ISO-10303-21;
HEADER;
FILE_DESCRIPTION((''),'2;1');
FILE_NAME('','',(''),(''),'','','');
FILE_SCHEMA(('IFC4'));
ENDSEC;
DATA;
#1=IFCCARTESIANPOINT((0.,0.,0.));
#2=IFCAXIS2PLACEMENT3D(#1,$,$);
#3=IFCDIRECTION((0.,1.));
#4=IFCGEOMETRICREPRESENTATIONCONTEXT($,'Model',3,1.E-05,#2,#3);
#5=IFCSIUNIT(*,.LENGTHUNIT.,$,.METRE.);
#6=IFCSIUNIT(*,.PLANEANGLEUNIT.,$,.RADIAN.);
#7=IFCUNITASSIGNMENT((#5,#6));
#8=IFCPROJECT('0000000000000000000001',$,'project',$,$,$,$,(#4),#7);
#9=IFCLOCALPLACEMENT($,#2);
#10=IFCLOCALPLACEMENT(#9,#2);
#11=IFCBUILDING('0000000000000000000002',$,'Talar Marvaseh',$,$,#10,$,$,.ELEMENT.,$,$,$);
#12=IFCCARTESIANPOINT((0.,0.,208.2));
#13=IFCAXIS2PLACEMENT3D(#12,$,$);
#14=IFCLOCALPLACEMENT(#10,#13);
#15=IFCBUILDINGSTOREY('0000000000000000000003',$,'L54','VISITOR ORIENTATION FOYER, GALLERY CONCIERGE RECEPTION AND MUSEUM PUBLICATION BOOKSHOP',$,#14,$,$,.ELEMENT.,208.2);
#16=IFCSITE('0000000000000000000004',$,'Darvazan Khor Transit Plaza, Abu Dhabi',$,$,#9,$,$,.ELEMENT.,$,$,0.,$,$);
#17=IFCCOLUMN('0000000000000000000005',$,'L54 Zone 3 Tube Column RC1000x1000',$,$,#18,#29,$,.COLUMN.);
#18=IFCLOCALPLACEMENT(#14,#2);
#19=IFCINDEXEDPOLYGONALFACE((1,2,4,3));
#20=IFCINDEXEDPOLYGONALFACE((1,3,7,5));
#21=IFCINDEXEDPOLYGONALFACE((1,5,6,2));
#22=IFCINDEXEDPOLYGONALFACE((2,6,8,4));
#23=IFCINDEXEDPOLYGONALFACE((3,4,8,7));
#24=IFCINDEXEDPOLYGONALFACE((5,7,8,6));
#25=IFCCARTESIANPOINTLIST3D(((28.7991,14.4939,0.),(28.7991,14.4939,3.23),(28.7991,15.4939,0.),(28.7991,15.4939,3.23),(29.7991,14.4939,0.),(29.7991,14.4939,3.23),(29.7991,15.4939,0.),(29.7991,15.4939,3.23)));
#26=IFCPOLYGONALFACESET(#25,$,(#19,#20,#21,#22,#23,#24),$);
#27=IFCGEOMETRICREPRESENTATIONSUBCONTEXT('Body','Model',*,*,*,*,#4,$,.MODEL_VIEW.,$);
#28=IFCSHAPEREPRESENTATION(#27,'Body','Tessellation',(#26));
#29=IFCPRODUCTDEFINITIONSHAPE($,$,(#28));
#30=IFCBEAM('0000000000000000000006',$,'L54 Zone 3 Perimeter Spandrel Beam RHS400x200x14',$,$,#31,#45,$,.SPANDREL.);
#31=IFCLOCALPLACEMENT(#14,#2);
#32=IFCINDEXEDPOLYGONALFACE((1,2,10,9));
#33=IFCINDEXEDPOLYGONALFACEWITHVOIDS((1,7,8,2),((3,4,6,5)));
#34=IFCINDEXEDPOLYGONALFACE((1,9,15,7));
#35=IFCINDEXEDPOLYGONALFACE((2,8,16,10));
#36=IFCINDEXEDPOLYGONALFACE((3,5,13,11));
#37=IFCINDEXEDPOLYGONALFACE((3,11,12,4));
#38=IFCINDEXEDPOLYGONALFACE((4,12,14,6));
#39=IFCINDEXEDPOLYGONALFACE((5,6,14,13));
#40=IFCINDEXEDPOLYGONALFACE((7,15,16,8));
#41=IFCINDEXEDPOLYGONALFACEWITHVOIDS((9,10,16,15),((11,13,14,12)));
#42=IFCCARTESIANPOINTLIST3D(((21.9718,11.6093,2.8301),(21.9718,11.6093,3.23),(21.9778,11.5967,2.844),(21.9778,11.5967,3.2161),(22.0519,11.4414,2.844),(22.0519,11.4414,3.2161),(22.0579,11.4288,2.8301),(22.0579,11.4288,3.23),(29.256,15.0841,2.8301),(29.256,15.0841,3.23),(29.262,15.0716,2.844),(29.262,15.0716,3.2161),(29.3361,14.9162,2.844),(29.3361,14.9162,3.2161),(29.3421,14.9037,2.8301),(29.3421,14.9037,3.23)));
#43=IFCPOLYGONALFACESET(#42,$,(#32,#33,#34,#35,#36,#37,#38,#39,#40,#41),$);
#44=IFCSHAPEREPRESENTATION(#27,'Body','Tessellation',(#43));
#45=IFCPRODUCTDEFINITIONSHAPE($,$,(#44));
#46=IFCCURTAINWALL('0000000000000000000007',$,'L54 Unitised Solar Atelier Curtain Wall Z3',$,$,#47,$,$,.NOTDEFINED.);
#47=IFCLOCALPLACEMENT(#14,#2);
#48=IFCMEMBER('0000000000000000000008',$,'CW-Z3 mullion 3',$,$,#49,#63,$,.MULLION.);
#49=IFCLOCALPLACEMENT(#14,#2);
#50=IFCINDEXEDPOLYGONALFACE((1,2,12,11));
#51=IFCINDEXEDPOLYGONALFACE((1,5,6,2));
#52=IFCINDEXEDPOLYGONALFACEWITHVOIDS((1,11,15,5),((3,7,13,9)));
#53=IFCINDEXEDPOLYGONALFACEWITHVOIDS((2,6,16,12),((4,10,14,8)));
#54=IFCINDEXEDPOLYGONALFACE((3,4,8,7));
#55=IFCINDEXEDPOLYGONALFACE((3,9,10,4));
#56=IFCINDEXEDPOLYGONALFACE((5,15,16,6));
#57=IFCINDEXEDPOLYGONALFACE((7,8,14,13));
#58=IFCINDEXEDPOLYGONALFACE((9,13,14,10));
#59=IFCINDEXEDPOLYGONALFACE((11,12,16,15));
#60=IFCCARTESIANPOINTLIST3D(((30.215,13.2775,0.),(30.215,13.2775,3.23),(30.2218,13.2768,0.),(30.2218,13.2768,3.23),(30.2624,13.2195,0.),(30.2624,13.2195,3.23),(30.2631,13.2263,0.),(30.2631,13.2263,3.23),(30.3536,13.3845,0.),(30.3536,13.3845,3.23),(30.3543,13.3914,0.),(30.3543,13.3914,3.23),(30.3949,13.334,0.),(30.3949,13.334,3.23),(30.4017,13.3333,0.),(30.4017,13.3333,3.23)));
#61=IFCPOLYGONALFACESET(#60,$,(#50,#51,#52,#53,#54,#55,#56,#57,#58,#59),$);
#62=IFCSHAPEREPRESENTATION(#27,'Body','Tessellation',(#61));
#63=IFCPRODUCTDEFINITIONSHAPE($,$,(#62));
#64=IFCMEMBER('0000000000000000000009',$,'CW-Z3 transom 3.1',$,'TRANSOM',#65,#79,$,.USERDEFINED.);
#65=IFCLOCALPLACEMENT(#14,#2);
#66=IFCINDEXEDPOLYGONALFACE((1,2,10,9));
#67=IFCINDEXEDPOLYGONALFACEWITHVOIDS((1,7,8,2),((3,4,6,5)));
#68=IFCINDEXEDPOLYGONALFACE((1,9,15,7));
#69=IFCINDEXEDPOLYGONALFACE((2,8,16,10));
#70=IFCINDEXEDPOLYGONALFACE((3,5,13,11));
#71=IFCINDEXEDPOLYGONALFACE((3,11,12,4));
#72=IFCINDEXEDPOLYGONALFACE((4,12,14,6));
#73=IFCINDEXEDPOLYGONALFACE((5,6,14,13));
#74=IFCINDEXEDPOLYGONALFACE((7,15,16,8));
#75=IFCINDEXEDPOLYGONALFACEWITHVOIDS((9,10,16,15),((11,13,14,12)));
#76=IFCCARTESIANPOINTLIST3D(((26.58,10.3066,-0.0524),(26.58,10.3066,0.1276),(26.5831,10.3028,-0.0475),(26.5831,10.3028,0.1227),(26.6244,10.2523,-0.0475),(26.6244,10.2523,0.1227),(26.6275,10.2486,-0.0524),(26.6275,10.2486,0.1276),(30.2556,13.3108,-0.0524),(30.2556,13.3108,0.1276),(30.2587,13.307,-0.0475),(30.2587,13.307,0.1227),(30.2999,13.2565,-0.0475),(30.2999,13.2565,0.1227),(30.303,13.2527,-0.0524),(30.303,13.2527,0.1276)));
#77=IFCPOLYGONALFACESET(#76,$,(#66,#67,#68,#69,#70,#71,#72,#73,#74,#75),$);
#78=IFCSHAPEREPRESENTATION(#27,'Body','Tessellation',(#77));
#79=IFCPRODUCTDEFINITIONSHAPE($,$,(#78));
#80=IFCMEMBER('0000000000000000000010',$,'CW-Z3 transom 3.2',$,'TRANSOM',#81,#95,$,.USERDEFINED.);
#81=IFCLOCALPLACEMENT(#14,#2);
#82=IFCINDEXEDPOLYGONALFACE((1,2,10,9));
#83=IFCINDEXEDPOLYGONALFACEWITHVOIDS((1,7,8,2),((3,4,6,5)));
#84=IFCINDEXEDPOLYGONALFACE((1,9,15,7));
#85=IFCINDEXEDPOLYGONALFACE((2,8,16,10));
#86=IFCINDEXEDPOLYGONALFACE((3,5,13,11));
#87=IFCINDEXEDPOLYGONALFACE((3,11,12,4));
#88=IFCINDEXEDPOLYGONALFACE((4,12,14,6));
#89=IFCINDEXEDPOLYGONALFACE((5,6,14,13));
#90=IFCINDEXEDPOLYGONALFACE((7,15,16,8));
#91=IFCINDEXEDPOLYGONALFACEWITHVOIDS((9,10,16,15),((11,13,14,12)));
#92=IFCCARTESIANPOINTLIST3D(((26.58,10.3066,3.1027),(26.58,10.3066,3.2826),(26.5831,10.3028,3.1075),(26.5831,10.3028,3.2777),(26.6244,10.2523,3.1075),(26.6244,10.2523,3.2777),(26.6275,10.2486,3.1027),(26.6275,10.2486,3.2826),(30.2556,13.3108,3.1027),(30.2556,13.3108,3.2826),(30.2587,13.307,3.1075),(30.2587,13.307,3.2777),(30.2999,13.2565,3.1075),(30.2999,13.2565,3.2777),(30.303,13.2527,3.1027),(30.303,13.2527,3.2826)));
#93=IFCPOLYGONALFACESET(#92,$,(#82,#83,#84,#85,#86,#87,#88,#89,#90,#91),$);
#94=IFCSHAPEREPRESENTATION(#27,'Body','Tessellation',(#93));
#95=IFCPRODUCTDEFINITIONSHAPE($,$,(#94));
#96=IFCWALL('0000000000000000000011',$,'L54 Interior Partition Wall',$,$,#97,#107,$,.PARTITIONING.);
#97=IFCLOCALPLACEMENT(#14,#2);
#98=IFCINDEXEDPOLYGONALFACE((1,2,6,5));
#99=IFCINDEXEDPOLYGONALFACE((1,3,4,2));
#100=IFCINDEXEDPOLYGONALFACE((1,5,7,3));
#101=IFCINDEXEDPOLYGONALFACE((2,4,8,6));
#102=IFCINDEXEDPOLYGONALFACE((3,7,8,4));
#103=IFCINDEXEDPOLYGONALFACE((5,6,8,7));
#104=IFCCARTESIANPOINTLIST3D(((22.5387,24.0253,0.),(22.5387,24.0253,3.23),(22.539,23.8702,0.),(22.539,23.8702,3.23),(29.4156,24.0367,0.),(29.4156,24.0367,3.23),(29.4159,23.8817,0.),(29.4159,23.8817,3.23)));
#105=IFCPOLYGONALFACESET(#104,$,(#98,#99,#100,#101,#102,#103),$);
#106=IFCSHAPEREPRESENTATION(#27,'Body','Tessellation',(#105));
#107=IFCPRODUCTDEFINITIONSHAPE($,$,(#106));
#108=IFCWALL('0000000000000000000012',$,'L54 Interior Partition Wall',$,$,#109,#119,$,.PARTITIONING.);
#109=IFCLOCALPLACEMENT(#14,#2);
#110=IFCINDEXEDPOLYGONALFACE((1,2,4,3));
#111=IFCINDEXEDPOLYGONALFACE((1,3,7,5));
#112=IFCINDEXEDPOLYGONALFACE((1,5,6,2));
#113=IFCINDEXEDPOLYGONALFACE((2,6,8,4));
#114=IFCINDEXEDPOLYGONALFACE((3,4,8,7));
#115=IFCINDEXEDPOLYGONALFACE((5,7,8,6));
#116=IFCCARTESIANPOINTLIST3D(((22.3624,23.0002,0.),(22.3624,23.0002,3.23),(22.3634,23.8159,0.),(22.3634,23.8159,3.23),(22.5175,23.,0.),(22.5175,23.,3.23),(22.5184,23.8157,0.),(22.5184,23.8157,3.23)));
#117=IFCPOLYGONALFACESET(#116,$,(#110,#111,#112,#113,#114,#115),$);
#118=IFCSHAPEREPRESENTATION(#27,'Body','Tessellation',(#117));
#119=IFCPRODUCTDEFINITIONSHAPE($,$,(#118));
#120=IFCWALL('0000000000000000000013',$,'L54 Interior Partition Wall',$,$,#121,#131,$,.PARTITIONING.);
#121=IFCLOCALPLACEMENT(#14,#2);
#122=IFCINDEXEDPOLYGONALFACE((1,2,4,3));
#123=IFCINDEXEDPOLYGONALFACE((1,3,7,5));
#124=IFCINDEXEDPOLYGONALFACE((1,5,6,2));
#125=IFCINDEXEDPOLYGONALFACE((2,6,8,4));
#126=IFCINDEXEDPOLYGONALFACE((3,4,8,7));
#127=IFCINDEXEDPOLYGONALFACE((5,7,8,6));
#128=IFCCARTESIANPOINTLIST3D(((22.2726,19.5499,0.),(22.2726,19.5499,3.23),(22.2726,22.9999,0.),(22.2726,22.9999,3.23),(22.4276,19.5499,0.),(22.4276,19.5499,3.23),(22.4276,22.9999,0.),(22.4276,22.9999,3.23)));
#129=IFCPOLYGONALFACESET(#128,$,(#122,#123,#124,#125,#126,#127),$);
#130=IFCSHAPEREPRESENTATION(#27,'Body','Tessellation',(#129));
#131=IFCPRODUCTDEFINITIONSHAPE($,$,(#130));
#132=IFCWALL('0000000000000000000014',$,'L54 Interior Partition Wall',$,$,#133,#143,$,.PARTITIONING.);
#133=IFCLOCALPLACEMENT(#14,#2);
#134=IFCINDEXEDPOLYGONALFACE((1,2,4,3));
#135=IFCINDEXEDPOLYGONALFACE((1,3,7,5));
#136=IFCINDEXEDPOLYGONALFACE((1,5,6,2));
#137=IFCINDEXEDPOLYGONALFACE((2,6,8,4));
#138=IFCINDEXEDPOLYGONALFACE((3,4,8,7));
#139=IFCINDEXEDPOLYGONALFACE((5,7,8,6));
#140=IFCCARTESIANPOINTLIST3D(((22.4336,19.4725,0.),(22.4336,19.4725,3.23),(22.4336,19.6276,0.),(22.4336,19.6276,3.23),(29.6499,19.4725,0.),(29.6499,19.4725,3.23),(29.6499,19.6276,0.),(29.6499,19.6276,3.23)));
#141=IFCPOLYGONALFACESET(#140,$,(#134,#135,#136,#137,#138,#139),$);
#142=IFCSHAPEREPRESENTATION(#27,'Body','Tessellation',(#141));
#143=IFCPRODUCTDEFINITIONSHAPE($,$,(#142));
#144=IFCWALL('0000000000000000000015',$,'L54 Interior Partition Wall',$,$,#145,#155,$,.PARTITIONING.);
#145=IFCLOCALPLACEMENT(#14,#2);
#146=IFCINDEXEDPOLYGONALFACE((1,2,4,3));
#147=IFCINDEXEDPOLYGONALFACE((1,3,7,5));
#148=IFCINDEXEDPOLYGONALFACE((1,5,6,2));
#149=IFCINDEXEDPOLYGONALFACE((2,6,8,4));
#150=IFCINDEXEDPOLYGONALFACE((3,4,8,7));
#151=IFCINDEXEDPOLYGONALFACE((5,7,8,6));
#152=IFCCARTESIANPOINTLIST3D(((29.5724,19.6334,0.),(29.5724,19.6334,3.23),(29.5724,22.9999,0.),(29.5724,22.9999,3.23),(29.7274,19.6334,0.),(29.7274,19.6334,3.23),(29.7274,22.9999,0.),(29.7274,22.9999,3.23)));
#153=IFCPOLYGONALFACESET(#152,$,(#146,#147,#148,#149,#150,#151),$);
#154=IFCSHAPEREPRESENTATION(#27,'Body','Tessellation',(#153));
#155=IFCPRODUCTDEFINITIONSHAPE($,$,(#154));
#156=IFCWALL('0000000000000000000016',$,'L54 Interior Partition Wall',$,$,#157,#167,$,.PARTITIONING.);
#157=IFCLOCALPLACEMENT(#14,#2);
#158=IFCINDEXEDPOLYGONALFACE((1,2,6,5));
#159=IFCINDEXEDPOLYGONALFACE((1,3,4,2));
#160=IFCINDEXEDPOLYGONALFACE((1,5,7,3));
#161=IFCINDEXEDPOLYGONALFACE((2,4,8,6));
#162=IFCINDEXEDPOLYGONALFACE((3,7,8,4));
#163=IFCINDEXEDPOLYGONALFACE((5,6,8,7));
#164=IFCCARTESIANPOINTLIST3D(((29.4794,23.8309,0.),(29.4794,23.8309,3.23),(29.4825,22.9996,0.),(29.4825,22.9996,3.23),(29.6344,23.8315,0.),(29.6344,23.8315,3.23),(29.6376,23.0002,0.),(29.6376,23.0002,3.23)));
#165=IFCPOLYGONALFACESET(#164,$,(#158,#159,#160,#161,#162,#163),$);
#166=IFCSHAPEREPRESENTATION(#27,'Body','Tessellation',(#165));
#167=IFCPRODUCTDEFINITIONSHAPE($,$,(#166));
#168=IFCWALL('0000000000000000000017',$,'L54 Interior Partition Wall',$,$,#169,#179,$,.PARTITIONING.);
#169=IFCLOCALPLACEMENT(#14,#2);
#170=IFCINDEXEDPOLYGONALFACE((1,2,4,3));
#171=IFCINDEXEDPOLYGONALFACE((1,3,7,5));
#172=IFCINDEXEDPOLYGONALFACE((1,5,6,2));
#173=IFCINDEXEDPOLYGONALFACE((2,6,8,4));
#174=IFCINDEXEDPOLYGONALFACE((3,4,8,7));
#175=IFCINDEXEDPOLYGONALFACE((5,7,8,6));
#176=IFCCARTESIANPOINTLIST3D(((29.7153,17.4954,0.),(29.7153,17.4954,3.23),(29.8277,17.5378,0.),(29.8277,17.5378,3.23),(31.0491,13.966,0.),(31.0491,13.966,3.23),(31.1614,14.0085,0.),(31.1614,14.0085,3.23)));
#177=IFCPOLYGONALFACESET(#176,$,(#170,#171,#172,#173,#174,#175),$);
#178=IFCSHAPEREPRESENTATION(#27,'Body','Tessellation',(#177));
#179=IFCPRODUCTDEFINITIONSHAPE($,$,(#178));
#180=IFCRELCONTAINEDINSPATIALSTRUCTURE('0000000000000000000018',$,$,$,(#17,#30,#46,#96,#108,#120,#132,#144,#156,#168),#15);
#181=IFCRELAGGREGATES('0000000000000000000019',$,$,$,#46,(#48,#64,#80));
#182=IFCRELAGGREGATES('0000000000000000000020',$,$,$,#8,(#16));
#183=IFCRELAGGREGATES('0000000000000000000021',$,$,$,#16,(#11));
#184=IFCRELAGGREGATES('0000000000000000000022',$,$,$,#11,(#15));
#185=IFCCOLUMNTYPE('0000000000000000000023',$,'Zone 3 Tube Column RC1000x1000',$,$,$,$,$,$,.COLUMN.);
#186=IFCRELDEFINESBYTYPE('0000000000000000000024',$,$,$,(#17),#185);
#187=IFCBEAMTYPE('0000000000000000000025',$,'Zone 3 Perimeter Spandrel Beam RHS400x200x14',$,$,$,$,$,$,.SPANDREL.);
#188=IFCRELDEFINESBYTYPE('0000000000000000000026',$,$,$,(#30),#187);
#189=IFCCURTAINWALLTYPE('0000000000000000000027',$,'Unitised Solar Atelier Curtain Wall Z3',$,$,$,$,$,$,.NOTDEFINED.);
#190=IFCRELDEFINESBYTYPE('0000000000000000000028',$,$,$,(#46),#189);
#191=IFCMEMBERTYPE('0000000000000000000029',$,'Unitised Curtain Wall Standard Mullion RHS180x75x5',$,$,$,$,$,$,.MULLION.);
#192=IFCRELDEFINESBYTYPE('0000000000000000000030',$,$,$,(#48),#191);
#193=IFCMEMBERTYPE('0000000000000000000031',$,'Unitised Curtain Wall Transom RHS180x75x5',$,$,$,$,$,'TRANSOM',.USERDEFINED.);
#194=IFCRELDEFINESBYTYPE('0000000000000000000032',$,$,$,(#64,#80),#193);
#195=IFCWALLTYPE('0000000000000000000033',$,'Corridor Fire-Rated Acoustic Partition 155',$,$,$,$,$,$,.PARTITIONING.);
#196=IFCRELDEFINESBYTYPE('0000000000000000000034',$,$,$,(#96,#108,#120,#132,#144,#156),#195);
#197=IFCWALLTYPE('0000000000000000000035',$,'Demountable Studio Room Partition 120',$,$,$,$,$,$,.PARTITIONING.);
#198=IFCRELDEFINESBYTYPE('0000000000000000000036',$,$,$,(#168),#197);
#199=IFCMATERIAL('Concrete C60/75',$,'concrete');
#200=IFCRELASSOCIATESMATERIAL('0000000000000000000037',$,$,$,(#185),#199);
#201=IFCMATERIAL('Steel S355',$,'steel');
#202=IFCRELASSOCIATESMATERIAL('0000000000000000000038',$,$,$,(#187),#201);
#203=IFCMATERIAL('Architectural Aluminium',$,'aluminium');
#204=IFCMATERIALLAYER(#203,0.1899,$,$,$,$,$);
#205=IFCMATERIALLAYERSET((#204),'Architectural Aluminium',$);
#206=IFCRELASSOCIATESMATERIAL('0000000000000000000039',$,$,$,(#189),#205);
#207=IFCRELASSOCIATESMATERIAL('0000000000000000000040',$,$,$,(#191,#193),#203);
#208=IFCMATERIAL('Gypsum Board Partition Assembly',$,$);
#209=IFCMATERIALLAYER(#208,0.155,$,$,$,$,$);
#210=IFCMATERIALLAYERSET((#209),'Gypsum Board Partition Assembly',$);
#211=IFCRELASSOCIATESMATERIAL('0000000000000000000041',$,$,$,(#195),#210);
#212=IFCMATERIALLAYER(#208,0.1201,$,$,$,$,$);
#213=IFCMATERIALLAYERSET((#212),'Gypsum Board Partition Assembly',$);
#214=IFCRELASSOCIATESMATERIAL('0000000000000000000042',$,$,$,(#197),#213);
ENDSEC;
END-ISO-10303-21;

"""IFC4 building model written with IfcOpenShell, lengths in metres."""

from ifc_helpers import new_model, si_unit, direction, frame, frame_2d, origin, origin_2d, place, context, subcontext, project, spatial, rectangle, hollow_rectangle, extrude, source, transform, mapped, material, layer, layer_set, material_profile, profile_set, type_object, type_shapes, element, aggregate, save


model = new_model("IFC4")

# Units and contexts
model_context = context("Model", 3, precision=1e-05, world=origin(), true_north=direction((0.0, 1.0)))
body_context = subcontext(model_context, "Body", "Model", "MODEL_VIEW")
ifc_project = project(units=[si_unit("LENGTHUNIT", "METRE"), si_unit("PLANEANGLEUNIT", "RADIAN")], contexts=[model_context])

# Site, building, storey
site_placement = place(None, origin())
site = spatial("IfcSite", under=ifc_project, at=site_placement, Name="Darvazan Khor Transit Plaza, Abu Dhabi", CompositionType="ELEMENT", RefElevation=0.0)
building_placement = place(site_placement, origin())
building = spatial("IfcBuilding", under=site, at=building_placement, Name="Talar Marvaseh", CompositionType="ELEMENT")
storey_placement = place(building_placement, frame((0.0, 0.0, 208.2)))
storey = spatial("IfcBuildingStorey", under=building, at=storey_placement, Name="L54", Description="VISITOR ORIENTATION FOYER, GALLERY CONCIERGE RECEPTION AND MUSEUM PUBLICATION BOOKSHOP", CompositionType="ELEMENT", Elevation=208.2)

# Column
ifc_material_1 = material(Name="Concrete C60/75", Category="concrete")
ifc_material_profile_1 = material_profile(ifc_material_1, rectangle(XDim=1.0, YDim=1.0, at=origin_2d()), Name="RC1000x1000")
ifc_profile_set_1 = profile_set([ifc_material_profile_1], Name="Concrete C60/75")
column_type = type_object("IfcColumnType", Name="Zone 3 Tube Column RC1000x1000", PredefinedType="COLUMN", material=ifc_profile_set_1)
column_placement = place(storey_placement, frame((29.2991, 14.9939, 0.0), z_axis=(0.0, 0.0, 1.0), x_axis=(1.0, 0.0, 0.0)))
element("IfcColumn", 1, at=column_placement, inside=storey, type_object=column_type, Name="L54 Zone 3 Tube Column RC1000x1000", PredefinedType="COLUMN", context=body_context, shape_type="SweptSolid", body=[
    extrude(rectangle(XDim=1.0, YDim=1.0, at=origin_2d()), origin(), (0.0, 0.0, 1.0), 3.23),
])

# Beam
ifc_material_2 = material(Name="Steel S355", Category="steel")
ifc_material_profile_2 = material_profile(ifc_material_2, hollow_rectangle(XDim=0.2, YDim=0.3999, WallThickness=0.0139, at=origin_2d()), Name="RHS400x200x14")
ifc_profile_set_2 = profile_set([ifc_material_profile_2], Name="Steel S355")
beam_type = type_object("IfcBeamType", Name="Zone 3 Perimeter Spandrel Beam RHS400x200x14", PredefinedType="SPANDREL", material=ifc_profile_set_2)
beam_placement = place(storey_placement, frame((29.2991, 14.9939, 3.03), z_axis=(-0.902562, -0.430559, 0.0), x_axis=(0.430559, -0.902562, 0.0)))
element("IfcBeam", 2, at=beam_placement, inside=storey, type_object=beam_type, Name="L54 Zone 3 Perimeter Spandrel Beam RHS400x200x14", PredefinedType="SPANDREL", context=body_context, shape_type="SweptSolid", body=[
    extrude(hollow_rectangle(XDim=0.2, YDim=0.3999, WallThickness=0.0139, at=origin_2d()), origin(), (0.0, 0.0, 1.0), 8.0706),
])

# Curtain wall, members
ifc_material_3 = material(Name="Architectural Aluminium", Category="aluminium")
ifc_layer_1 = layer(ifc_material_3, 0.1899)
ifc_layer_set_1 = layer_set([ifc_layer_1], Name="Architectural Aluminium")
curtain_wall_type = type_object("IfcCurtainWallType", Name="Unitised Solar Atelier Curtain Wall Z3", PredefinedType="NOTDEFINED", material=ifc_layer_set_1)
curtain_wall_placement = place(storey_placement, origin())
curtain_wall = element("IfcCurtainWall", 3, at=curtain_wall_placement, inside=storey, type_object=curtain_wall_type, Name="L54 Unitised Solar Atelier Curtain Wall Z3", PredefinedType="NOTDEFINED")
ifc_material_profile_3 = material_profile(ifc_material_3, hollow_rectangle(XDim=0.075, YDim=0.1799, WallThickness=0.0049, at=origin_2d()), Name="RHS180x75x5")
ifc_profile_set_3 = profile_set([ifc_material_profile_3], Name="Architectural Aluminium")
member_type_1 = type_object("IfcMemberType", Name="Unitised Curtain Wall Standard Mullion RHS180x75x5", PredefinedType="MULLION", material=ifc_profile_set_3)
shared_shape_1 = source(origin(), body_context, "Body", "SweptSolid", [
    extrude(hollow_rectangle(XDim=0.075, YDim=0.1799, WallThickness=0.0049, at=origin_2d()), origin(), (0.0, 0.0, 1.0), 3.23),
])
type_shapes(member_type_1, [shared_shape_1])
member_1_placement = place(storey_placement, frame((30.3083, 13.3054, 0.0), z_axis=(0.0, 0.0, 1.0), x_axis=(0.632822, -0.774297, 0.0)))
member_1 = element("IfcMember", 4, at=member_1_placement, type_object=member_type_1, Name="CW-Z3 mullion 3", PredefinedType="MULLION", context=body_context, shape_type="MappedRepresentation", body=[
    mapped(shared_shape_1, transform((0.0, 0.0, 0.0), x_axis=(1.0, 0.0, 0.0), y_axis=(0.0, 1.0, 0.0), z_axis=(0.0, 0.0, 1.0), scale=1.0)),
])
ifc_material_profile_4 = material_profile(ifc_material_3, hollow_rectangle(XDim=0.075, YDim=0.1799, WallThickness=0.0049, at=origin_2d()), Name="RHS180x75x5")
ifc_profile_set_4 = profile_set([ifc_material_profile_4], Name="Architectural Aluminium")
member_type_2 = type_object("IfcMemberType", Name="Unitised Curtain Wall Transom RHS180x75x5", ElementType="TRANSOM", PredefinedType="USERDEFINED", material=ifc_profile_set_4)
shared_shape_2 = source(origin(), body_context, "Body", "SweptSolid", [
    extrude(hollow_rectangle(XDim=0.075, YDim=0.1799, WallThickness=0.0049, at=origin_2d()), origin(), (0.0, 0.0, 1.0), 4.7471),
])
type_shapes(member_type_2, [shared_shape_2])
member_2_placement = place(storey_placement, frame((30.2793, 13.2817, 0.0376), z_axis=(-0.774278, -0.632846, 0.0), x_axis=(0.632846, -0.774278, 0.0)))
member_2 = element("IfcMember", 5, at=member_2_placement, type_object=member_type_2, Name="CW-Z3 transom 3.1", ObjectType="TRANSOM", PredefinedType="USERDEFINED", context=body_context, shape_type="MappedRepresentation", body=[
    mapped(shared_shape_2, transform((0.0, 0.0, 0.0), x_axis=(1.0, 0.0, 0.0), y_axis=(0.0, 1.0, 0.0), z_axis=(0.0, 0.0, 1.0), scale=1.0)),
])
member_3_placement = place(storey_placement, frame((30.2793, 13.2817, 3.1926), z_axis=(-0.774278, -0.632846, 0.0), x_axis=(0.632846, -0.774278, 0.0)))
member_3 = element("IfcMember", 6, at=member_3_placement, type_object=member_type_2, Name="CW-Z3 transom 3.2", ObjectType="TRANSOM", PredefinedType="USERDEFINED", context=body_context, shape_type="MappedRepresentation", body=[
    mapped(shared_shape_2, transform((0.0, 0.0, 0.0), x_axis=(1.0, 0.0, 0.0), y_axis=(0.0, 1.0, 0.0), z_axis=(0.0, 0.0, 1.0), scale=1.0)),
])
aggregate(curtain_wall, [member_1, member_2, member_3])

# Walls
ifc_material_4 = material(Name="Gypsum Board Partition Assembly")
ifc_layer_2 = layer(ifc_material_4, 0.155)
ifc_layer_set_2 = layer_set([ifc_layer_2], Name="Gypsum Board Partition Assembly")
wall_type_1 = type_object("IfcWallType", Name="Corridor Fire-Rated Acoustic Partition 155", PredefinedType="PARTITIONING", material=ifc_layer_set_2)
wall_1_placement = place(storey_placement, frame((29.4158, 23.9592, 0.0), z_axis=(0.0, 0.0, 1.0), x_axis=(-0.999999, -0.001669, 0.0)))
element("IfcWall", 7, at=wall_1_placement, inside=storey, type_object=wall_type_1, Name="L54 Interior Partition Wall", PredefinedType="PARTITIONING", context=body_context, shape_type="SweptSolid", body=[
    extrude(rectangle(XDim=6.877, YDim=0.155, at=frame_2d((3.4385, 0.0))), origin(), (0.0, 0.0, 1.0), 3.23),
])
wall_2_placement = place(storey_placement, frame((22.4409, 23.8157, 0.0), z_axis=(0.0, 0.0, 1.0), x_axis=(-0.001197, -0.999999, 0.0)))
element("IfcWall", 8, at=wall_2_placement, inside=storey, type_object=wall_type_1, Name="L54 Interior Partition Wall", PredefinedType="PARTITIONING", context=body_context, shape_type="SweptSolid", body=[
    extrude(rectangle(XDim=0.8157, YDim=0.155, at=frame_2d((0.4077, 0.0))), origin(), (0.0, 0.0, 1.0), 3.23),
])
wall_3_placement = place(storey_placement, frame((22.3501, 23.0, 0.0), z_axis=(0.0, 0.0, 1.0), x_axis=(0.0, -1.0, 0.0)))
element("IfcWall", 9, at=wall_3_placement, inside=storey, type_object=wall_type_1, Name="L54 Interior Partition Wall", PredefinedType="PARTITIONING", context=body_context, shape_type="SweptSolid", body=[
    extrude(rectangle(XDim=3.45, YDim=0.155, at=frame_2d((1.7251, 0.0))), origin(), (0.0, 0.0, 1.0), 3.23),
])
wall_4_placement = place(storey_placement, frame((22.4336, 19.55, 0.0), z_axis=(0.0, 0.0, 1.0), x_axis=(1.0, 0.0, 0.0)))
element("IfcWall", 10, at=wall_4_placement, inside=storey, type_object=wall_type_1, Name="L54 Interior Partition Wall", PredefinedType="PARTITIONING", context=body_context, shape_type="SweptSolid", body=[
    extrude(rectangle(XDim=7.2163, YDim=0.155, at=frame_2d((3.6082, 0.0))), origin(), (0.0, 0.0, 1.0), 3.23),
])
wall_5_placement = place(storey_placement, frame((29.6499, 19.6335, 0.0), z_axis=(0.0, 0.0, 1.0), x_axis=(0.0, 1.0, 0.0)))
element("IfcWall", 11, at=wall_5_placement, inside=storey, type_object=wall_type_1, Name="L54 Interior Partition Wall", PredefinedType="PARTITIONING", context=body_context, shape_type="SweptSolid", body=[
    extrude(rectangle(XDim=3.3665, YDim=0.155, at=frame_2d((1.6831, 0.0))), origin(), (0.0, 0.0, 1.0), 3.23),
])
wall_6_placement = place(storey_placement, frame((29.5601, 23.0, 0.0), z_axis=(0.0, 0.0, 1.0), x_axis=(-0.003818, 0.999993, 0.0)))
element("IfcWall", 12, at=wall_6_placement, inside=storey, type_object=wall_type_1, Name="L54 Interior Partition Wall", PredefinedType="PARTITIONING", context=body_context, shape_type="SweptSolid", body=[
    extrude(rectangle(XDim=0.8313, YDim=0.155, at=frame_2d((0.4155, 0.0))), origin(), (0.0, 0.0, 1.0), 3.23),
])
ifc_layer_3 = layer(ifc_material_4, 0.1201)
ifc_layer_set_3 = layer_set([ifc_layer_3], Name="Gypsum Board Partition Assembly")
wall_type_2 = type_object("IfcWallType", Name="Demountable Studio Room Partition 120", PredefinedType="PARTITIONING", material=ifc_layer_set_3)
wall_7_placement = place(storey_placement, frame((29.7715, 17.5166, 0.0), z_axis=(0.0, 0.0, 1.0), x_axis=(0.353505, -0.935433, 0.0)))
element("IfcWall", 13, at=wall_7_placement, inside=storey, type_object=wall_type_2, Name="L54 Interior Partition Wall", PredefinedType="PARTITIONING", context=body_context, shape_type="SweptSolid", body=[
    extrude(rectangle(XDim=3.7729, YDim=0.1201, at=frame_2d((1.8865, 0.0))), origin(), (0.0, 0.0, 1.0), 3.23),
])

save(model, "model.ifc")
